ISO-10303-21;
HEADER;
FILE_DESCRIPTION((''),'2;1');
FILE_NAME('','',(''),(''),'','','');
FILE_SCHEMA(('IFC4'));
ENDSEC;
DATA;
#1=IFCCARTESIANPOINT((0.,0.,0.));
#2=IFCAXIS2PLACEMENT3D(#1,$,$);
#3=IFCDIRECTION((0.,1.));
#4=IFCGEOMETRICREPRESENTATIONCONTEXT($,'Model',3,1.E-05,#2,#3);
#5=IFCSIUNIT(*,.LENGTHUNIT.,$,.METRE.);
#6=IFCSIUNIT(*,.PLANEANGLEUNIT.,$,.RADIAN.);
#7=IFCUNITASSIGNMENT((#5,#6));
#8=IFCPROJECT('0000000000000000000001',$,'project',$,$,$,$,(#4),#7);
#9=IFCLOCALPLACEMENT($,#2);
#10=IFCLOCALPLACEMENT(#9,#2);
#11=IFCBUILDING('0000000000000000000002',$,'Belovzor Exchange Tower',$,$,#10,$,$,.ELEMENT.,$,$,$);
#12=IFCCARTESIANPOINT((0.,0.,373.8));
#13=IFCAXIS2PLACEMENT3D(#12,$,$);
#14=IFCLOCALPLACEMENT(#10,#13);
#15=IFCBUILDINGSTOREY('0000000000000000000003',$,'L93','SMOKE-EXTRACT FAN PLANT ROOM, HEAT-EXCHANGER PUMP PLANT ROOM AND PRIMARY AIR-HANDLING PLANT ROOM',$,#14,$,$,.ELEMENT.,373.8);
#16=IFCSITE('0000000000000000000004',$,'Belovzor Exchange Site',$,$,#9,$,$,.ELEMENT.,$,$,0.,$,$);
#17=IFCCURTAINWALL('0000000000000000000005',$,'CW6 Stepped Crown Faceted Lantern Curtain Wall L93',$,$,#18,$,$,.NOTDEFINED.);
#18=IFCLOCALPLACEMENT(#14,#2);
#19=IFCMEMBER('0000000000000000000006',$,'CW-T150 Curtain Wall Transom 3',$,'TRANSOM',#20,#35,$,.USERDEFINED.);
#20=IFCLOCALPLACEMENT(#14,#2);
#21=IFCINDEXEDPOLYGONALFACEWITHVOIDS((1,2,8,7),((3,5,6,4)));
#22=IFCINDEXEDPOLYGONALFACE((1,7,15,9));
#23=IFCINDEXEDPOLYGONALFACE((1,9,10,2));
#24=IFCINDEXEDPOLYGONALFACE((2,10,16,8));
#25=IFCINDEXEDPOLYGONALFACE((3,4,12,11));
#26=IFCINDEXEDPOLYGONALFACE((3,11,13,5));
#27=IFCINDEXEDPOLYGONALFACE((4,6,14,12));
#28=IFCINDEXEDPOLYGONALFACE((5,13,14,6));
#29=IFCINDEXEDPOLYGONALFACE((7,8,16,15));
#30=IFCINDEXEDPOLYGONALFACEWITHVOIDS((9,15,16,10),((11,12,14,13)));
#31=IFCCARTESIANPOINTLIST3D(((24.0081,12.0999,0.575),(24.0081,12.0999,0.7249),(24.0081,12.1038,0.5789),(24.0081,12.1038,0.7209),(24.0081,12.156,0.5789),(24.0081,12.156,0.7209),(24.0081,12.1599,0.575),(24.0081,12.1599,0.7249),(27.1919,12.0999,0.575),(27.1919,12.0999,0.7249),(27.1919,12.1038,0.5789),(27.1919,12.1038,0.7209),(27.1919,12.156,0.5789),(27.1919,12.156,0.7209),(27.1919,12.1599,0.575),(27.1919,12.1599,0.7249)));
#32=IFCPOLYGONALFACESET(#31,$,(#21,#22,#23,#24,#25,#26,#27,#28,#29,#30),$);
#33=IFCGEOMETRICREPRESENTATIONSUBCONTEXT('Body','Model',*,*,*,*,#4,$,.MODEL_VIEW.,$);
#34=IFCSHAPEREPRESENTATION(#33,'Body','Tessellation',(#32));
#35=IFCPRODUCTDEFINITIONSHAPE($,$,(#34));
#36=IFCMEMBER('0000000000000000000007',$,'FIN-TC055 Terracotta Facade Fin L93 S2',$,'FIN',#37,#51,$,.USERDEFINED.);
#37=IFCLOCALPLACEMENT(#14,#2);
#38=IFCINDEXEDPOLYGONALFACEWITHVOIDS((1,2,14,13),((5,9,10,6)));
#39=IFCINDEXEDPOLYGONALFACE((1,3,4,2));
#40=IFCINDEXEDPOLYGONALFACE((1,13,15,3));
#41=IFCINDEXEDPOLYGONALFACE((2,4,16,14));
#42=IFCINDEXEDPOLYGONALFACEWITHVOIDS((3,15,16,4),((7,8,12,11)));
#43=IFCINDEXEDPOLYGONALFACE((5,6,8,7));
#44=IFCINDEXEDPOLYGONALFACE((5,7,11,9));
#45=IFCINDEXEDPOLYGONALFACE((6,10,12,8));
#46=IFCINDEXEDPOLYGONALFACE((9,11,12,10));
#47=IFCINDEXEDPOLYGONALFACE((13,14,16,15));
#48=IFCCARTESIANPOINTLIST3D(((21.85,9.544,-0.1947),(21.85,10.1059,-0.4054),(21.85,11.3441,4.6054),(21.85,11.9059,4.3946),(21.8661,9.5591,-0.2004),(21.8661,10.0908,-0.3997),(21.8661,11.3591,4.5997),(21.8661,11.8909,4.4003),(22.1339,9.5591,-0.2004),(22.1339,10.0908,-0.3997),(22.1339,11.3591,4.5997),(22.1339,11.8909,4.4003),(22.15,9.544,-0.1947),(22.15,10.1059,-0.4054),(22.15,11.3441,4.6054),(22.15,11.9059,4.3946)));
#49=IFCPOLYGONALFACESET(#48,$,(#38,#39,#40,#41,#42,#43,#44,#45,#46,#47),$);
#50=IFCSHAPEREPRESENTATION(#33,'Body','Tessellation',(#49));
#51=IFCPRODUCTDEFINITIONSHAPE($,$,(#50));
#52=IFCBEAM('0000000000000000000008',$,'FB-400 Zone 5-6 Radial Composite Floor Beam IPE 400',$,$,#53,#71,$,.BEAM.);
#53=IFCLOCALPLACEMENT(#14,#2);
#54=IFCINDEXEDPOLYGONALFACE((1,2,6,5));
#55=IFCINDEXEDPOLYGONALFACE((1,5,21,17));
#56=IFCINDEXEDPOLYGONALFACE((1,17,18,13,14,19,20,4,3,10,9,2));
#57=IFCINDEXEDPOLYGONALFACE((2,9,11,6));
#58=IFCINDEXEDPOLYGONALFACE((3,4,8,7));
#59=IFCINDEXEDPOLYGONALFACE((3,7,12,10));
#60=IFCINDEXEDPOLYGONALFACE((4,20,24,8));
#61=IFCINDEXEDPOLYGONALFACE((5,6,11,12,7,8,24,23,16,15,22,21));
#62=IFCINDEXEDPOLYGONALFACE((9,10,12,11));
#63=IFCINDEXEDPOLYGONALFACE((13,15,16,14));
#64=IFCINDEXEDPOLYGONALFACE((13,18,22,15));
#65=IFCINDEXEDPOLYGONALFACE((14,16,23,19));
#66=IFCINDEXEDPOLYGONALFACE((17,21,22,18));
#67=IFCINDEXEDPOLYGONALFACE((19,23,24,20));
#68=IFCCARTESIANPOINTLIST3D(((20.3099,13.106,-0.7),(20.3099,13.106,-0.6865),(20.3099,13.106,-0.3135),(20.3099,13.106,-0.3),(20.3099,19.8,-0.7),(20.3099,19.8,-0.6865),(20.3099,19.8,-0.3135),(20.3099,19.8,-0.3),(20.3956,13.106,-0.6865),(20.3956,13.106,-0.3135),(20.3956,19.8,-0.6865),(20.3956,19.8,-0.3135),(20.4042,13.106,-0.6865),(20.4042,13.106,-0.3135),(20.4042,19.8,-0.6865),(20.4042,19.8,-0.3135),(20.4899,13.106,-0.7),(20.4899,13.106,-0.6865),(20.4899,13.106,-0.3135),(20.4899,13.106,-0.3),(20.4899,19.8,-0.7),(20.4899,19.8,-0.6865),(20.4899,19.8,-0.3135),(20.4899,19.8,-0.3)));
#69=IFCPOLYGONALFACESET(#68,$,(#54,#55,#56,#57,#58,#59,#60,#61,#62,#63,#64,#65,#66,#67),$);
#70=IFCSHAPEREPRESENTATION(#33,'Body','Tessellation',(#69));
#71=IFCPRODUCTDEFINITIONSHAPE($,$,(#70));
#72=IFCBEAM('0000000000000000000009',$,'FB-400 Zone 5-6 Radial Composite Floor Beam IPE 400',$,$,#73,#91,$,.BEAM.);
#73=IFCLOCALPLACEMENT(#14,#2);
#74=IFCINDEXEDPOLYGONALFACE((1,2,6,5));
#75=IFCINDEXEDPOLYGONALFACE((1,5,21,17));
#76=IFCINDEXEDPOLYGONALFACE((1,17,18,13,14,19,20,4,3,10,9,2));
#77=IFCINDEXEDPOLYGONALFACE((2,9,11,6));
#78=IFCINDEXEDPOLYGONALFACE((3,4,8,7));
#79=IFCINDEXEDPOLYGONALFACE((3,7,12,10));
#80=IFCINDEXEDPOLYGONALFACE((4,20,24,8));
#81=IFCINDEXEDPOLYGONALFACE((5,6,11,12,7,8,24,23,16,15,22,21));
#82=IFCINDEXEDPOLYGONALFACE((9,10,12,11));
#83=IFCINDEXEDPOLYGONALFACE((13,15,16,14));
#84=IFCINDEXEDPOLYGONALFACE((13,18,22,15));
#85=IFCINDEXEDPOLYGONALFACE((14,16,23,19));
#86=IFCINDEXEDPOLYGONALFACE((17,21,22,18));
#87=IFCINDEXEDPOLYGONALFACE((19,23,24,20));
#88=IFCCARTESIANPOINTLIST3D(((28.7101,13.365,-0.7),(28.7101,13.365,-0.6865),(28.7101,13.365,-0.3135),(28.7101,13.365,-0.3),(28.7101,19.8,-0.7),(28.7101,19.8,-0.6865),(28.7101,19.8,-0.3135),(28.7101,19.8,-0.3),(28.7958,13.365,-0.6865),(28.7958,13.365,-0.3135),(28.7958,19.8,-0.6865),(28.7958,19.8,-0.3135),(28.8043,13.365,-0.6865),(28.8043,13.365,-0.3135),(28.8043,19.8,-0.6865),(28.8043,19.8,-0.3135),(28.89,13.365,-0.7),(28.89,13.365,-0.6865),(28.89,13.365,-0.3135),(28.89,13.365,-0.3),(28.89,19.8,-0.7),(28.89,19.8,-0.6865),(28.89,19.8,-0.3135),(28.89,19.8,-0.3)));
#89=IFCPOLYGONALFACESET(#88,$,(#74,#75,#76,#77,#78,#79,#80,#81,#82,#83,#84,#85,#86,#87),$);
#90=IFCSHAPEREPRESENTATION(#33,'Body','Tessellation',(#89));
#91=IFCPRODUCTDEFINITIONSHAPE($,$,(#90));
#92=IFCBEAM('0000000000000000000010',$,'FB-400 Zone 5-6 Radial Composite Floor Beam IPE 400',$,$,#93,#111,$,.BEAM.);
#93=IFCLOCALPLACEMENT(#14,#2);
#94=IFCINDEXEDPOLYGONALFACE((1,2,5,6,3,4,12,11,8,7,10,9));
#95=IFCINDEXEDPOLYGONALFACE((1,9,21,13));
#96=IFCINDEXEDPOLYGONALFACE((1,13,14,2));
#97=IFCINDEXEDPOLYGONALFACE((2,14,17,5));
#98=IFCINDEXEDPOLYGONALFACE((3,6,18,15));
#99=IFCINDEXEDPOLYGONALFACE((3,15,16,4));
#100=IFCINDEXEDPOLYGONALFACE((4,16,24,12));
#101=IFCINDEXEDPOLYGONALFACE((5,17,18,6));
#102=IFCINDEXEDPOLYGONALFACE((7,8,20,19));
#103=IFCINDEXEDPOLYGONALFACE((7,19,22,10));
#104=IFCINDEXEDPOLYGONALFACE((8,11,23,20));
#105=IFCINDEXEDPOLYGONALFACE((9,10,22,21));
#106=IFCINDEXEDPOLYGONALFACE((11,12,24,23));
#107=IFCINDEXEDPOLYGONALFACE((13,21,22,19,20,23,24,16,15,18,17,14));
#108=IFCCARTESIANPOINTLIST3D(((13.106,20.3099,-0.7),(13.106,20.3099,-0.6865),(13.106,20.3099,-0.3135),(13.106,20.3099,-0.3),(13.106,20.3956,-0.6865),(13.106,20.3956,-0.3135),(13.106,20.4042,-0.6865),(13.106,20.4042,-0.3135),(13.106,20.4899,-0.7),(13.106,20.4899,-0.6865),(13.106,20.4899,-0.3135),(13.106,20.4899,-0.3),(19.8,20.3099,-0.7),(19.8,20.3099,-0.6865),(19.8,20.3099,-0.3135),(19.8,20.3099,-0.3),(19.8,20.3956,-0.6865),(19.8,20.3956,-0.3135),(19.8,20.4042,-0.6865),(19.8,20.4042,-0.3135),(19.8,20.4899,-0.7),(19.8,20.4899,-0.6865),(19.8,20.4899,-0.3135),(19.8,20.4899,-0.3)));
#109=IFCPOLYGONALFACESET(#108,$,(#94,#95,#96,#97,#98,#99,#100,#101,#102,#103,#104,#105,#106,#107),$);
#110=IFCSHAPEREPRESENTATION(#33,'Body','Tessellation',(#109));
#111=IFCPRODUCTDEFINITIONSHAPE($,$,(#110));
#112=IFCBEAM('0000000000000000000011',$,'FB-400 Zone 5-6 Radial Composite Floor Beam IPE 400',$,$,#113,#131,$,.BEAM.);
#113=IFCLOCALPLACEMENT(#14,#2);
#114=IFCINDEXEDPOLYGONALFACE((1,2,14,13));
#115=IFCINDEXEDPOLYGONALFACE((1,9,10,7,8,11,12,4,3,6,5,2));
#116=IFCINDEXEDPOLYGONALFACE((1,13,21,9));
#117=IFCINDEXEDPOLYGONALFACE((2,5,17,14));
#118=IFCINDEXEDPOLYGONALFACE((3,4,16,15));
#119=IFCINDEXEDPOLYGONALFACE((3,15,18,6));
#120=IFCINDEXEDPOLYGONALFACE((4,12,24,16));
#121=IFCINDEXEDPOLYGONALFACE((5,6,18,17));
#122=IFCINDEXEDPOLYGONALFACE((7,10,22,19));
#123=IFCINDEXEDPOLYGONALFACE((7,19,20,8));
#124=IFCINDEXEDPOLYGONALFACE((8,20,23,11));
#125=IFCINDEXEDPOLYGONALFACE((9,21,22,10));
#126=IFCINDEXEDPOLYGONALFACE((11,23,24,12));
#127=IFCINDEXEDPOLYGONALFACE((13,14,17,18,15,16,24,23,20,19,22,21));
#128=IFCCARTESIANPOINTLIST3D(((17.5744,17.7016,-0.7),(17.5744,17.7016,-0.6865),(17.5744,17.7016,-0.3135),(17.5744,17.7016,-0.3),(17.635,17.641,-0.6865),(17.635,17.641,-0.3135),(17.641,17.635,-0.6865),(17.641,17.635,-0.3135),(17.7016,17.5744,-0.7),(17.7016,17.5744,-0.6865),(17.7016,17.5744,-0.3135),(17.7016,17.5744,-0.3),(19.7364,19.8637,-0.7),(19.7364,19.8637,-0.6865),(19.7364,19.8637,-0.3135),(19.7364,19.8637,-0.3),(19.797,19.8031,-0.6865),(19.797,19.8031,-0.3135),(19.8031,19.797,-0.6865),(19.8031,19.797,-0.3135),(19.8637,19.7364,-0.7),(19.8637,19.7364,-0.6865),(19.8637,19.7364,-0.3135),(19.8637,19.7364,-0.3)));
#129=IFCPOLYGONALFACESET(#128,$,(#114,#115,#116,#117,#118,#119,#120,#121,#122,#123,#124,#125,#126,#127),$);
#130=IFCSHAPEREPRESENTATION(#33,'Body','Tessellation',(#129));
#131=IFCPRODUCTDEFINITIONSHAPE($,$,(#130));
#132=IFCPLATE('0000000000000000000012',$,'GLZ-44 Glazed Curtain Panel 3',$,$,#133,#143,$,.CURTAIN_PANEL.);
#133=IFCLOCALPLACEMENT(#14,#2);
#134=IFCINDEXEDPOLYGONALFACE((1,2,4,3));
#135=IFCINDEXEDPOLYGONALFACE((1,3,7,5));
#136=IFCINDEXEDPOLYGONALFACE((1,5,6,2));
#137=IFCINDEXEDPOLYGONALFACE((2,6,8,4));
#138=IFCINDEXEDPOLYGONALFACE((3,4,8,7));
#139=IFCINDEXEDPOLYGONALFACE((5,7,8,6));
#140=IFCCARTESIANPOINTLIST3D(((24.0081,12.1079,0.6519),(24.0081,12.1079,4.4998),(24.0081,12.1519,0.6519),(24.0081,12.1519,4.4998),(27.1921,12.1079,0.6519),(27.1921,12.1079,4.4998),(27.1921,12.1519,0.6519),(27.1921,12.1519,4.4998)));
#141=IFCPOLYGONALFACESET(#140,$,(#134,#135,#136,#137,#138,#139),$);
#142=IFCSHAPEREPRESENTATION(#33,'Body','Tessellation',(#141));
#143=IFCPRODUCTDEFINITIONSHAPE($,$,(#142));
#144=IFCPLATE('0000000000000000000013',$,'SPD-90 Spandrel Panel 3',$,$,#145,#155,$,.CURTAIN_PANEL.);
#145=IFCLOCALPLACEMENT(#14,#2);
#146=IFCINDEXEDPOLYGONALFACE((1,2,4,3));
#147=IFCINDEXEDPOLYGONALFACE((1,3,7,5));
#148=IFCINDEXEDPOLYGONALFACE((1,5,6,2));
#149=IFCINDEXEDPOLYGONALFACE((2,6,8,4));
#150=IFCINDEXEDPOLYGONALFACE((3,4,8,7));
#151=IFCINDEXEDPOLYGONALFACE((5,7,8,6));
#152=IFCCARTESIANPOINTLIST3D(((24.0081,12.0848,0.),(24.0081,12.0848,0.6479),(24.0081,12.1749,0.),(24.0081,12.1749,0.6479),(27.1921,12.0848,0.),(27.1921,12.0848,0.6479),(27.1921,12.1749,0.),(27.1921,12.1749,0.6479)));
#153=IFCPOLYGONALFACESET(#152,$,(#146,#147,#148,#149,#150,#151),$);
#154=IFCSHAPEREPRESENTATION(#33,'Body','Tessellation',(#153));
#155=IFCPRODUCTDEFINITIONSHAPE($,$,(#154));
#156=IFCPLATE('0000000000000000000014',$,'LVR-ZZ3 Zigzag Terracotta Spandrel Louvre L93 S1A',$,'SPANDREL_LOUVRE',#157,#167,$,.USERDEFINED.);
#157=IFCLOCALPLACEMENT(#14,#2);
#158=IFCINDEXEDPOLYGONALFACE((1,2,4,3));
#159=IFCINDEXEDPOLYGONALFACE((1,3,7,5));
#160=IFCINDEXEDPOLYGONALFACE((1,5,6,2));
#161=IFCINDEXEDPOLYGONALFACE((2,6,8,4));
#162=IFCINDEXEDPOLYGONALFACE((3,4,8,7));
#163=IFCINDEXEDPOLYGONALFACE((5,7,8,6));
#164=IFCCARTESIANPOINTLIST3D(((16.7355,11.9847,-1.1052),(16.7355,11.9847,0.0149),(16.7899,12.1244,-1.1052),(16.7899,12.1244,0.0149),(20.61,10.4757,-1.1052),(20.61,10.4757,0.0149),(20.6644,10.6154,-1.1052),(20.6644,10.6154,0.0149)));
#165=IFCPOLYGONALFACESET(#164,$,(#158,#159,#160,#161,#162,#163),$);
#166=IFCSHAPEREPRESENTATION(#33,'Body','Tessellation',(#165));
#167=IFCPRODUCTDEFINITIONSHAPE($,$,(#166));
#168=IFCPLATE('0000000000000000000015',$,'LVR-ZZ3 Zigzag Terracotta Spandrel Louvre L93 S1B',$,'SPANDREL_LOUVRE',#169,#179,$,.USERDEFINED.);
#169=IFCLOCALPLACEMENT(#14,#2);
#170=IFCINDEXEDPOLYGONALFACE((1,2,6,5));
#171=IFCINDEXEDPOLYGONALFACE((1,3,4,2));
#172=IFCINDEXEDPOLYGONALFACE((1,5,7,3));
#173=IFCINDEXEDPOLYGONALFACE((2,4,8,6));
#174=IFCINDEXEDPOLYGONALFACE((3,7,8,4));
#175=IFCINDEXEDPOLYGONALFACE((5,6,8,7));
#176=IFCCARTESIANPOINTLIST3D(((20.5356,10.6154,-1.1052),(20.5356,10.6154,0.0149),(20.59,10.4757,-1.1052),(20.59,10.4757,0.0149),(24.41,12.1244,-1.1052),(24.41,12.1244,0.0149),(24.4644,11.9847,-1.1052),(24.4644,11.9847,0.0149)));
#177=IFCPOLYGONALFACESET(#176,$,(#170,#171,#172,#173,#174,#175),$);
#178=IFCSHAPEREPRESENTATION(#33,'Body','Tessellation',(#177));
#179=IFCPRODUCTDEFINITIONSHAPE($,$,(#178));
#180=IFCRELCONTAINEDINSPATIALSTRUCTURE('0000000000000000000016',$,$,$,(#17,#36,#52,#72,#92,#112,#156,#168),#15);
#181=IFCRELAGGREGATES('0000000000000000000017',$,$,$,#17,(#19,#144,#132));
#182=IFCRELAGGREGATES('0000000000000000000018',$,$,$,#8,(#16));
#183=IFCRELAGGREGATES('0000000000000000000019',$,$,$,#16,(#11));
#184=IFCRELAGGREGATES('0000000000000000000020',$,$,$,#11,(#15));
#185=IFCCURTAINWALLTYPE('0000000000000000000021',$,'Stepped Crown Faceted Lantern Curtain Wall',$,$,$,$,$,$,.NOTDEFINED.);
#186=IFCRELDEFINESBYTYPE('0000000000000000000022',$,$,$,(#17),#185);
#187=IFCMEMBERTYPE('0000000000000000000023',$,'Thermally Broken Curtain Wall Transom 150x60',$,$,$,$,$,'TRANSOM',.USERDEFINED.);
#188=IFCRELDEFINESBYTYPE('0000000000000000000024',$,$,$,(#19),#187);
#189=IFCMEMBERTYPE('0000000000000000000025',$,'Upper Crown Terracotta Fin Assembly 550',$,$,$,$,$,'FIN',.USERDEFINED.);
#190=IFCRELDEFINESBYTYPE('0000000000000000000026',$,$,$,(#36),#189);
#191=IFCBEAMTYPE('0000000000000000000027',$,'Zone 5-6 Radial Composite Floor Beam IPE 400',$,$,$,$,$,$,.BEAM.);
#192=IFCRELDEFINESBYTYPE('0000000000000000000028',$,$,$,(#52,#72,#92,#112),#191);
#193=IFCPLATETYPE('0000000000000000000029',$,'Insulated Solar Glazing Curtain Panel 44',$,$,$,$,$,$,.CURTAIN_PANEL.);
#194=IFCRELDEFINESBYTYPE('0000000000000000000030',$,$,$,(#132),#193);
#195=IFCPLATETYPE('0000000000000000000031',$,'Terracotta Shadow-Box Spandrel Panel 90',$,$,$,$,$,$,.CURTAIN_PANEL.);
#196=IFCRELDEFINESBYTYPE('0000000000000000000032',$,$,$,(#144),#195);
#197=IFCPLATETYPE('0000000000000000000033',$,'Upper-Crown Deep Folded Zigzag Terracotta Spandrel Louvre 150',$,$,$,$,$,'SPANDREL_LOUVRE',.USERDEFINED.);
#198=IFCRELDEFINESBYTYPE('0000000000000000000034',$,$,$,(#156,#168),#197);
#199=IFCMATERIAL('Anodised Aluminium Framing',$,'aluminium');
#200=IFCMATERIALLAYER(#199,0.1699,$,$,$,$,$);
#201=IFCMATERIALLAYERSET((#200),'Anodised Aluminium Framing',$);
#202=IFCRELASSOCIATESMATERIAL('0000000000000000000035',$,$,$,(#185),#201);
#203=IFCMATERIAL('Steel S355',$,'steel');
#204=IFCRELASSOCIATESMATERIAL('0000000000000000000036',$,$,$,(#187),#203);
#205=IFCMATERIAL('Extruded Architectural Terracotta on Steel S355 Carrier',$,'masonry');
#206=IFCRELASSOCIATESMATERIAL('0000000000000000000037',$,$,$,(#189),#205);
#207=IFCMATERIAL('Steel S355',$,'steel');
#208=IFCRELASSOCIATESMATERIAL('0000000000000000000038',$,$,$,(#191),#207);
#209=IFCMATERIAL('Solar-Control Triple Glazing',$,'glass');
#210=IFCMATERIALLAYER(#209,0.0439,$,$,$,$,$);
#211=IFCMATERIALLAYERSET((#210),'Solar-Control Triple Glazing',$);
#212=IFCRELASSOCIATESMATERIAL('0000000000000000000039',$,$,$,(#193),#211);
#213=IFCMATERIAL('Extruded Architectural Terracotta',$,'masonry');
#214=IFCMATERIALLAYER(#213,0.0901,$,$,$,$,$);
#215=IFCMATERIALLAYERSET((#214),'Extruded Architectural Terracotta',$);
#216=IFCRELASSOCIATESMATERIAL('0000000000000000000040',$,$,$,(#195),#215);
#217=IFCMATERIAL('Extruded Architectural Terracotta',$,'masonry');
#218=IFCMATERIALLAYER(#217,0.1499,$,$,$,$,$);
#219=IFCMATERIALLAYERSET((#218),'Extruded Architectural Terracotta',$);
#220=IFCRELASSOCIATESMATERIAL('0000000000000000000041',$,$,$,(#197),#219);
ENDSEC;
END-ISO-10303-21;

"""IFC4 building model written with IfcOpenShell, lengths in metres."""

from ifc_helpers import new_model, si_unit, direction, frame, origin, origin_2d, place, context, subcontext, project, spatial, rectangle, hollow_rectangle, i_section, extrude, material, layer, layer_set, material_profile, profile_set, type_object, element, aggregate, save


model = new_model("IFC4")

# Units and contexts
model_context = context("Model", 3, precision=1e-05, world=origin(), true_north=direction((0.0, 1.0)))
body_context = subcontext(model_context, "Body", "Model", "MODEL_VIEW")
ifc_project = project(units=[si_unit("LENGTHUNIT", "METRE"), si_unit("PLANEANGLEUNIT", "RADIAN")], contexts=[model_context])

# Site, building, storey
site_placement = place(None, origin())
site = spatial("IfcSite", under=ifc_project, at=site_placement, Name="Belovzor Exchange Site", CompositionType="ELEMENT", RefElevation=0.0)
building_placement = place(site_placement, origin())
building = spatial("IfcBuilding", under=site, at=building_placement, Name="Belovzor Exchange Tower", CompositionType="ELEMENT")
storey_placement = place(building_placement, frame((0.0, 0.0, 373.8)))
storey = spatial("IfcBuildingStorey", under=building, at=storey_placement, Name="L93", Description="SMOKE-EXTRACT FAN PLANT ROOM, HEAT-EXCHANGER PUMP PLANT ROOM AND PRIMARY AIR-HANDLING PLANT ROOM", CompositionType="ELEMENT", Elevation=373.8)

# Curtain wall, member
ifc_material_1 = material(Name="Anodised Aluminium Framing", Category="aluminium")
ifc_layer_1 = layer(ifc_material_1, 0.1699)
ifc_layer_set_1 = layer_set([ifc_layer_1], Name="Anodised Aluminium Framing")
curtain_wall_type = type_object("IfcCurtainWallType", Name="Stepped Crown Faceted Lantern Curtain Wall", PredefinedType="NOTDEFINED", material=ifc_layer_set_1)
curtain_wall_placement = place(storey_placement, origin())
curtain_wall = element("IfcCurtainWall", 1, at=curtain_wall_placement, inside=storey, type_object=curtain_wall_type, Name="CW6 Stepped Crown Faceted Lantern Curtain Wall L93", PredefinedType="NOTDEFINED")
ifc_material_2 = material(Name="Steel S355", Category="steel")
ifc_material_profile_1 = material_profile(ifc_material_2, hollow_rectangle(XDim=0.0601, YDim=0.1499, WallThickness=0.0039, at=origin_2d()))
ifc_profile_set_1 = profile_set([ifc_material_profile_1], Name="Steel S355")
member_type_1 = type_object("IfcMemberType", Name="Thermally Broken Curtain Wall Transom 150x60", ElementType="TRANSOM", PredefinedType="USERDEFINED", material=ifc_profile_set_1)
member_1_placement = place(storey_placement, frame((27.1919, 12.1299, 0.6499), z_axis=(-1.0, 0.0, 0.0), x_axis=(0.0, -1.0, 0.0)))
member_1 = element("IfcMember", 2, at=member_1_placement, type_object=member_type_1, Name="CW-T150 Curtain Wall Transom 3", ObjectType="TRANSOM", PredefinedType="USERDEFINED", context=body_context, shape_type="SweptSolid", body=[
    extrude(hollow_rectangle(XDim=0.0601, YDim=0.1499, WallThickness=0.0039, at=origin_2d()), origin(), (0.0, 0.0, 1.0), 3.1838),
])

# Member
ifc_material_3 = material(Name="Extruded Architectural Terracotta on Steel S355 Carrier", Category="masonry")
ifc_material_profile_2 = material_profile(ifc_material_3, hollow_rectangle(XDim=0.3, YDim=0.6001, WallThickness=0.0161, at=origin_2d()))
ifc_profile_set_2 = profile_set([ifc_material_profile_2], Name="Extruded Architectural Terracotta on Steel S355 Carrier")
member_type_2 = type_object("IfcMemberType", Name="Upper Crown Terracotta Fin Assembly 550", ElementType="FIN", PredefinedType="USERDEFINED", material=ifc_profile_set_2)
member_2_placement = place(storey_placement, frame((22.0, 9.825, -0.3), z_axis=(0.0, 0.351129, 0.936327), x_axis=(-1.0, 0.0, 0.0)))
element("IfcMember", 3, at=member_2_placement, inside=storey, type_object=member_type_2, Name="FIN-TC055 Terracotta Facade Fin L93 S2", ObjectType="FIN", PredefinedType="USERDEFINED", context=body_context, shape_type="SweptSolid", body=[
    extrude(hollow_rectangle(XDim=0.3, YDim=0.6001, WallThickness=0.0161, at=origin_2d()), origin(), (0.0, 0.0, 1.0), 5.1265),
])

# Beams
ifc_material_4 = material(Name="Steel S355", Category="steel")
ifc_material_profile_3 = material_profile(ifc_material_4, i_section(OverallWidth=0.1799, OverallDepth=0.3999, WebThickness=0.0085, FlangeThickness=0.0134, at=origin_2d()))
ifc_profile_set_3 = profile_set([ifc_material_profile_3], Name="Steel S355")
beam_type_1 = type_object("IfcBeamType", Name="Zone 5-6 Radial Composite Floor Beam IPE 400", PredefinedType="BEAM", material=ifc_profile_set_3)
beam_1_placement = place(storey_placement, frame((20.3999, 19.8, -0.5), z_axis=(0.0, -1.0, 0.0), x_axis=(1.0, 0.0, 0.0)))
element("IfcBeam", 4, at=beam_1_placement, inside=storey, type_object=beam_type_1, Name="FB-400 Zone 5-6 Radial Composite Floor Beam IPE 400", PredefinedType="BEAM", context=body_context, shape_type="SweptSolid", body=[
    extrude(i_section(OverallWidth=0.1799, OverallDepth=0.3999, WebThickness=0.0085, FlangeThickness=0.0134, at=origin_2d()), origin(), (0.0, 0.0, 1.0), 6.6941),
])
beam_2_placement = place(storey_placement, frame((28.8, 19.8, -0.5), z_axis=(0.0, -1.0, 0.0), x_axis=(1.0, 0.0, 0.0)))
element("IfcBeam", 5, at=beam_2_placement, inside=storey, type_object=beam_type_1, Name="FB-400 Zone 5-6 Radial Composite Floor Beam IPE 400", PredefinedType="BEAM", context=body_context, shape_type="SweptSolid", body=[
    extrude(i_section(OverallWidth=0.1799, OverallDepth=0.3999, WebThickness=0.0085, FlangeThickness=0.0134, at=origin_2d()), origin(), (0.0, 0.0, 1.0), 6.4351),
])
beam_3_placement = place(storey_placement, frame((19.8, 20.3999, -0.5), z_axis=(-1.0, 0.0, 0.0), x_axis=(0.0, -1.0, 0.0)))
element("IfcBeam", 6, at=beam_3_placement, inside=storey, type_object=beam_type_1, Name="FB-400 Zone 5-6 Radial Composite Floor Beam IPE 400", PredefinedType="BEAM", context=body_context, shape_type="SweptSolid", body=[
    extrude(i_section(OverallWidth=0.1799, OverallDepth=0.3999, WebThickness=0.0085, FlangeThickness=0.0134, at=origin_2d()), origin(), (0.0, 0.0, 1.0), 6.6941),
])
beam_4_placement = place(storey_placement, frame((19.8, 19.8, -0.5), z_axis=(-0.707107, -0.707107, 0.0), x_axis=(0.707107, -0.707107, 0.0)))
element("IfcBeam", 7, at=beam_4_placement, inside=storey, type_object=beam_type_1, Name="FB-400 Zone 5-6 Radial Composite Floor Beam IPE 400", PredefinedType="BEAM", context=body_context, shape_type="SweptSolid", body=[
    extrude(i_section(OverallWidth=0.1799, OverallDepth=0.3999, WebThickness=0.0085, FlangeThickness=0.0134, at=origin_2d()), origin(), (0.0, 0.0, 1.0), 3.0576),
])

# Plates
ifc_material_5 = material(Name="Solar-Control Triple Glazing", Category="glass")
ifc_layer_2 = layer(ifc_material_5, 0.0439)
ifc_layer_set_2 = layer_set([ifc_layer_2], Name="Solar-Control Triple Glazing")
plate_type_1 = type_object("IfcPlateType", Name="Insulated Solar Glazing Curtain Panel 44", PredefinedType="CURTAIN_PANEL", material=ifc_layer_set_2)
plate_1_placement = place(storey_placement, frame((25.6001, 12.1299, 0.6519), z_axis=(0.0, 0.0, 1.0), x_axis=(-1.0, 0.0, 0.0)))
plate_1 = element("IfcPlate", 8, at=plate_1_placement, type_object=plate_type_1, Name="GLZ-44 Glazed Curtain Panel 3", PredefinedType="CURTAIN_PANEL", context=body_context, shape_type="SweptSolid", body=[
    extrude(rectangle(XDim=3.1841, YDim=0.0439, at=origin_2d()), origin(), (0.0, 0.0, 1.0), 3.8479),
])
ifc_material_6 = material(Name="Extruded Architectural Terracotta", Category="masonry")
ifc_layer_3 = layer(ifc_material_6, 0.0901)
ifc_layer_set_3 = layer_set([ifc_layer_3], Name="Extruded Architectural Terracotta")
plate_type_2 = type_object("IfcPlateType", Name="Terracotta Shadow-Box Spandrel Panel 90", PredefinedType="CURTAIN_PANEL", material=ifc_layer_set_3)
plate_2_placement = place(storey_placement, frame((25.6001, 12.1299, 0.0), z_axis=(0.0, 0.0, 1.0), x_axis=(-1.0, 0.0, 0.0)))
plate_2 = element("IfcPlate", 9, at=plate_2_placement, type_object=plate_type_2, Name="SPD-90 Spandrel Panel 3", PredefinedType="CURTAIN_PANEL", context=body_context, shape_type="SweptSolid", body=[
    extrude(rectangle(XDim=3.1841, YDim=0.0901, at=origin_2d()), origin(), (0.0, 0.0, 1.0), 0.6479),
])
aggregate(curtain_wall, [member_1, plate_2, plate_1])

# Plates
ifc_material_7 = material(Name="Extruded Architectural Terracotta", Category="masonry")
ifc_layer_4 = layer(ifc_material_7, 0.1499)
ifc_layer_set_4 = layer_set([ifc_layer_4], Name="Extruded Architectural Terracotta")
plate_type_3 = type_object("IfcPlateType", Name="Upper-Crown Deep Folded Zigzag Terracotta Spandrel Louvre 150", ElementType="SPANDREL_LOUVRE", PredefinedType="USERDEFINED", material=ifc_layer_set_4)
for number, where, z_axis, x_axis, name in (
    (10, (18.7, 11.3, -1.1052), (0.0, 0.0, 1.0), (0.931818, -0.362926, 0.0), "LVR-ZZ3 Zigzag Terracotta Spandrel Louvre L93 S1A"),
    (11, (22.5, 11.3, -1.1052), (0.0, 0.0, 1.0), (0.931818, 0.362926, 0.0), "LVR-ZZ3 Zigzag Terracotta Spandrel Louvre L93 S1B"),
):
    element("IfcPlate", number, at=place(storey_placement, frame(where, z_axis=z_axis, x_axis=x_axis)), inside=storey, type_object=plate_type_3, Name=name, ObjectType="SPANDREL_LOUVRE", PredefinedType="USERDEFINED", context=body_context, shape_type="SweptSolid", body=[
        extrude(rectangle(XDim=4.158, YDim=0.1499, at=origin_2d()), origin(), (0.0, 0.0, 1.0), 1.1201),
    ])

save(model, "model.ifc")
